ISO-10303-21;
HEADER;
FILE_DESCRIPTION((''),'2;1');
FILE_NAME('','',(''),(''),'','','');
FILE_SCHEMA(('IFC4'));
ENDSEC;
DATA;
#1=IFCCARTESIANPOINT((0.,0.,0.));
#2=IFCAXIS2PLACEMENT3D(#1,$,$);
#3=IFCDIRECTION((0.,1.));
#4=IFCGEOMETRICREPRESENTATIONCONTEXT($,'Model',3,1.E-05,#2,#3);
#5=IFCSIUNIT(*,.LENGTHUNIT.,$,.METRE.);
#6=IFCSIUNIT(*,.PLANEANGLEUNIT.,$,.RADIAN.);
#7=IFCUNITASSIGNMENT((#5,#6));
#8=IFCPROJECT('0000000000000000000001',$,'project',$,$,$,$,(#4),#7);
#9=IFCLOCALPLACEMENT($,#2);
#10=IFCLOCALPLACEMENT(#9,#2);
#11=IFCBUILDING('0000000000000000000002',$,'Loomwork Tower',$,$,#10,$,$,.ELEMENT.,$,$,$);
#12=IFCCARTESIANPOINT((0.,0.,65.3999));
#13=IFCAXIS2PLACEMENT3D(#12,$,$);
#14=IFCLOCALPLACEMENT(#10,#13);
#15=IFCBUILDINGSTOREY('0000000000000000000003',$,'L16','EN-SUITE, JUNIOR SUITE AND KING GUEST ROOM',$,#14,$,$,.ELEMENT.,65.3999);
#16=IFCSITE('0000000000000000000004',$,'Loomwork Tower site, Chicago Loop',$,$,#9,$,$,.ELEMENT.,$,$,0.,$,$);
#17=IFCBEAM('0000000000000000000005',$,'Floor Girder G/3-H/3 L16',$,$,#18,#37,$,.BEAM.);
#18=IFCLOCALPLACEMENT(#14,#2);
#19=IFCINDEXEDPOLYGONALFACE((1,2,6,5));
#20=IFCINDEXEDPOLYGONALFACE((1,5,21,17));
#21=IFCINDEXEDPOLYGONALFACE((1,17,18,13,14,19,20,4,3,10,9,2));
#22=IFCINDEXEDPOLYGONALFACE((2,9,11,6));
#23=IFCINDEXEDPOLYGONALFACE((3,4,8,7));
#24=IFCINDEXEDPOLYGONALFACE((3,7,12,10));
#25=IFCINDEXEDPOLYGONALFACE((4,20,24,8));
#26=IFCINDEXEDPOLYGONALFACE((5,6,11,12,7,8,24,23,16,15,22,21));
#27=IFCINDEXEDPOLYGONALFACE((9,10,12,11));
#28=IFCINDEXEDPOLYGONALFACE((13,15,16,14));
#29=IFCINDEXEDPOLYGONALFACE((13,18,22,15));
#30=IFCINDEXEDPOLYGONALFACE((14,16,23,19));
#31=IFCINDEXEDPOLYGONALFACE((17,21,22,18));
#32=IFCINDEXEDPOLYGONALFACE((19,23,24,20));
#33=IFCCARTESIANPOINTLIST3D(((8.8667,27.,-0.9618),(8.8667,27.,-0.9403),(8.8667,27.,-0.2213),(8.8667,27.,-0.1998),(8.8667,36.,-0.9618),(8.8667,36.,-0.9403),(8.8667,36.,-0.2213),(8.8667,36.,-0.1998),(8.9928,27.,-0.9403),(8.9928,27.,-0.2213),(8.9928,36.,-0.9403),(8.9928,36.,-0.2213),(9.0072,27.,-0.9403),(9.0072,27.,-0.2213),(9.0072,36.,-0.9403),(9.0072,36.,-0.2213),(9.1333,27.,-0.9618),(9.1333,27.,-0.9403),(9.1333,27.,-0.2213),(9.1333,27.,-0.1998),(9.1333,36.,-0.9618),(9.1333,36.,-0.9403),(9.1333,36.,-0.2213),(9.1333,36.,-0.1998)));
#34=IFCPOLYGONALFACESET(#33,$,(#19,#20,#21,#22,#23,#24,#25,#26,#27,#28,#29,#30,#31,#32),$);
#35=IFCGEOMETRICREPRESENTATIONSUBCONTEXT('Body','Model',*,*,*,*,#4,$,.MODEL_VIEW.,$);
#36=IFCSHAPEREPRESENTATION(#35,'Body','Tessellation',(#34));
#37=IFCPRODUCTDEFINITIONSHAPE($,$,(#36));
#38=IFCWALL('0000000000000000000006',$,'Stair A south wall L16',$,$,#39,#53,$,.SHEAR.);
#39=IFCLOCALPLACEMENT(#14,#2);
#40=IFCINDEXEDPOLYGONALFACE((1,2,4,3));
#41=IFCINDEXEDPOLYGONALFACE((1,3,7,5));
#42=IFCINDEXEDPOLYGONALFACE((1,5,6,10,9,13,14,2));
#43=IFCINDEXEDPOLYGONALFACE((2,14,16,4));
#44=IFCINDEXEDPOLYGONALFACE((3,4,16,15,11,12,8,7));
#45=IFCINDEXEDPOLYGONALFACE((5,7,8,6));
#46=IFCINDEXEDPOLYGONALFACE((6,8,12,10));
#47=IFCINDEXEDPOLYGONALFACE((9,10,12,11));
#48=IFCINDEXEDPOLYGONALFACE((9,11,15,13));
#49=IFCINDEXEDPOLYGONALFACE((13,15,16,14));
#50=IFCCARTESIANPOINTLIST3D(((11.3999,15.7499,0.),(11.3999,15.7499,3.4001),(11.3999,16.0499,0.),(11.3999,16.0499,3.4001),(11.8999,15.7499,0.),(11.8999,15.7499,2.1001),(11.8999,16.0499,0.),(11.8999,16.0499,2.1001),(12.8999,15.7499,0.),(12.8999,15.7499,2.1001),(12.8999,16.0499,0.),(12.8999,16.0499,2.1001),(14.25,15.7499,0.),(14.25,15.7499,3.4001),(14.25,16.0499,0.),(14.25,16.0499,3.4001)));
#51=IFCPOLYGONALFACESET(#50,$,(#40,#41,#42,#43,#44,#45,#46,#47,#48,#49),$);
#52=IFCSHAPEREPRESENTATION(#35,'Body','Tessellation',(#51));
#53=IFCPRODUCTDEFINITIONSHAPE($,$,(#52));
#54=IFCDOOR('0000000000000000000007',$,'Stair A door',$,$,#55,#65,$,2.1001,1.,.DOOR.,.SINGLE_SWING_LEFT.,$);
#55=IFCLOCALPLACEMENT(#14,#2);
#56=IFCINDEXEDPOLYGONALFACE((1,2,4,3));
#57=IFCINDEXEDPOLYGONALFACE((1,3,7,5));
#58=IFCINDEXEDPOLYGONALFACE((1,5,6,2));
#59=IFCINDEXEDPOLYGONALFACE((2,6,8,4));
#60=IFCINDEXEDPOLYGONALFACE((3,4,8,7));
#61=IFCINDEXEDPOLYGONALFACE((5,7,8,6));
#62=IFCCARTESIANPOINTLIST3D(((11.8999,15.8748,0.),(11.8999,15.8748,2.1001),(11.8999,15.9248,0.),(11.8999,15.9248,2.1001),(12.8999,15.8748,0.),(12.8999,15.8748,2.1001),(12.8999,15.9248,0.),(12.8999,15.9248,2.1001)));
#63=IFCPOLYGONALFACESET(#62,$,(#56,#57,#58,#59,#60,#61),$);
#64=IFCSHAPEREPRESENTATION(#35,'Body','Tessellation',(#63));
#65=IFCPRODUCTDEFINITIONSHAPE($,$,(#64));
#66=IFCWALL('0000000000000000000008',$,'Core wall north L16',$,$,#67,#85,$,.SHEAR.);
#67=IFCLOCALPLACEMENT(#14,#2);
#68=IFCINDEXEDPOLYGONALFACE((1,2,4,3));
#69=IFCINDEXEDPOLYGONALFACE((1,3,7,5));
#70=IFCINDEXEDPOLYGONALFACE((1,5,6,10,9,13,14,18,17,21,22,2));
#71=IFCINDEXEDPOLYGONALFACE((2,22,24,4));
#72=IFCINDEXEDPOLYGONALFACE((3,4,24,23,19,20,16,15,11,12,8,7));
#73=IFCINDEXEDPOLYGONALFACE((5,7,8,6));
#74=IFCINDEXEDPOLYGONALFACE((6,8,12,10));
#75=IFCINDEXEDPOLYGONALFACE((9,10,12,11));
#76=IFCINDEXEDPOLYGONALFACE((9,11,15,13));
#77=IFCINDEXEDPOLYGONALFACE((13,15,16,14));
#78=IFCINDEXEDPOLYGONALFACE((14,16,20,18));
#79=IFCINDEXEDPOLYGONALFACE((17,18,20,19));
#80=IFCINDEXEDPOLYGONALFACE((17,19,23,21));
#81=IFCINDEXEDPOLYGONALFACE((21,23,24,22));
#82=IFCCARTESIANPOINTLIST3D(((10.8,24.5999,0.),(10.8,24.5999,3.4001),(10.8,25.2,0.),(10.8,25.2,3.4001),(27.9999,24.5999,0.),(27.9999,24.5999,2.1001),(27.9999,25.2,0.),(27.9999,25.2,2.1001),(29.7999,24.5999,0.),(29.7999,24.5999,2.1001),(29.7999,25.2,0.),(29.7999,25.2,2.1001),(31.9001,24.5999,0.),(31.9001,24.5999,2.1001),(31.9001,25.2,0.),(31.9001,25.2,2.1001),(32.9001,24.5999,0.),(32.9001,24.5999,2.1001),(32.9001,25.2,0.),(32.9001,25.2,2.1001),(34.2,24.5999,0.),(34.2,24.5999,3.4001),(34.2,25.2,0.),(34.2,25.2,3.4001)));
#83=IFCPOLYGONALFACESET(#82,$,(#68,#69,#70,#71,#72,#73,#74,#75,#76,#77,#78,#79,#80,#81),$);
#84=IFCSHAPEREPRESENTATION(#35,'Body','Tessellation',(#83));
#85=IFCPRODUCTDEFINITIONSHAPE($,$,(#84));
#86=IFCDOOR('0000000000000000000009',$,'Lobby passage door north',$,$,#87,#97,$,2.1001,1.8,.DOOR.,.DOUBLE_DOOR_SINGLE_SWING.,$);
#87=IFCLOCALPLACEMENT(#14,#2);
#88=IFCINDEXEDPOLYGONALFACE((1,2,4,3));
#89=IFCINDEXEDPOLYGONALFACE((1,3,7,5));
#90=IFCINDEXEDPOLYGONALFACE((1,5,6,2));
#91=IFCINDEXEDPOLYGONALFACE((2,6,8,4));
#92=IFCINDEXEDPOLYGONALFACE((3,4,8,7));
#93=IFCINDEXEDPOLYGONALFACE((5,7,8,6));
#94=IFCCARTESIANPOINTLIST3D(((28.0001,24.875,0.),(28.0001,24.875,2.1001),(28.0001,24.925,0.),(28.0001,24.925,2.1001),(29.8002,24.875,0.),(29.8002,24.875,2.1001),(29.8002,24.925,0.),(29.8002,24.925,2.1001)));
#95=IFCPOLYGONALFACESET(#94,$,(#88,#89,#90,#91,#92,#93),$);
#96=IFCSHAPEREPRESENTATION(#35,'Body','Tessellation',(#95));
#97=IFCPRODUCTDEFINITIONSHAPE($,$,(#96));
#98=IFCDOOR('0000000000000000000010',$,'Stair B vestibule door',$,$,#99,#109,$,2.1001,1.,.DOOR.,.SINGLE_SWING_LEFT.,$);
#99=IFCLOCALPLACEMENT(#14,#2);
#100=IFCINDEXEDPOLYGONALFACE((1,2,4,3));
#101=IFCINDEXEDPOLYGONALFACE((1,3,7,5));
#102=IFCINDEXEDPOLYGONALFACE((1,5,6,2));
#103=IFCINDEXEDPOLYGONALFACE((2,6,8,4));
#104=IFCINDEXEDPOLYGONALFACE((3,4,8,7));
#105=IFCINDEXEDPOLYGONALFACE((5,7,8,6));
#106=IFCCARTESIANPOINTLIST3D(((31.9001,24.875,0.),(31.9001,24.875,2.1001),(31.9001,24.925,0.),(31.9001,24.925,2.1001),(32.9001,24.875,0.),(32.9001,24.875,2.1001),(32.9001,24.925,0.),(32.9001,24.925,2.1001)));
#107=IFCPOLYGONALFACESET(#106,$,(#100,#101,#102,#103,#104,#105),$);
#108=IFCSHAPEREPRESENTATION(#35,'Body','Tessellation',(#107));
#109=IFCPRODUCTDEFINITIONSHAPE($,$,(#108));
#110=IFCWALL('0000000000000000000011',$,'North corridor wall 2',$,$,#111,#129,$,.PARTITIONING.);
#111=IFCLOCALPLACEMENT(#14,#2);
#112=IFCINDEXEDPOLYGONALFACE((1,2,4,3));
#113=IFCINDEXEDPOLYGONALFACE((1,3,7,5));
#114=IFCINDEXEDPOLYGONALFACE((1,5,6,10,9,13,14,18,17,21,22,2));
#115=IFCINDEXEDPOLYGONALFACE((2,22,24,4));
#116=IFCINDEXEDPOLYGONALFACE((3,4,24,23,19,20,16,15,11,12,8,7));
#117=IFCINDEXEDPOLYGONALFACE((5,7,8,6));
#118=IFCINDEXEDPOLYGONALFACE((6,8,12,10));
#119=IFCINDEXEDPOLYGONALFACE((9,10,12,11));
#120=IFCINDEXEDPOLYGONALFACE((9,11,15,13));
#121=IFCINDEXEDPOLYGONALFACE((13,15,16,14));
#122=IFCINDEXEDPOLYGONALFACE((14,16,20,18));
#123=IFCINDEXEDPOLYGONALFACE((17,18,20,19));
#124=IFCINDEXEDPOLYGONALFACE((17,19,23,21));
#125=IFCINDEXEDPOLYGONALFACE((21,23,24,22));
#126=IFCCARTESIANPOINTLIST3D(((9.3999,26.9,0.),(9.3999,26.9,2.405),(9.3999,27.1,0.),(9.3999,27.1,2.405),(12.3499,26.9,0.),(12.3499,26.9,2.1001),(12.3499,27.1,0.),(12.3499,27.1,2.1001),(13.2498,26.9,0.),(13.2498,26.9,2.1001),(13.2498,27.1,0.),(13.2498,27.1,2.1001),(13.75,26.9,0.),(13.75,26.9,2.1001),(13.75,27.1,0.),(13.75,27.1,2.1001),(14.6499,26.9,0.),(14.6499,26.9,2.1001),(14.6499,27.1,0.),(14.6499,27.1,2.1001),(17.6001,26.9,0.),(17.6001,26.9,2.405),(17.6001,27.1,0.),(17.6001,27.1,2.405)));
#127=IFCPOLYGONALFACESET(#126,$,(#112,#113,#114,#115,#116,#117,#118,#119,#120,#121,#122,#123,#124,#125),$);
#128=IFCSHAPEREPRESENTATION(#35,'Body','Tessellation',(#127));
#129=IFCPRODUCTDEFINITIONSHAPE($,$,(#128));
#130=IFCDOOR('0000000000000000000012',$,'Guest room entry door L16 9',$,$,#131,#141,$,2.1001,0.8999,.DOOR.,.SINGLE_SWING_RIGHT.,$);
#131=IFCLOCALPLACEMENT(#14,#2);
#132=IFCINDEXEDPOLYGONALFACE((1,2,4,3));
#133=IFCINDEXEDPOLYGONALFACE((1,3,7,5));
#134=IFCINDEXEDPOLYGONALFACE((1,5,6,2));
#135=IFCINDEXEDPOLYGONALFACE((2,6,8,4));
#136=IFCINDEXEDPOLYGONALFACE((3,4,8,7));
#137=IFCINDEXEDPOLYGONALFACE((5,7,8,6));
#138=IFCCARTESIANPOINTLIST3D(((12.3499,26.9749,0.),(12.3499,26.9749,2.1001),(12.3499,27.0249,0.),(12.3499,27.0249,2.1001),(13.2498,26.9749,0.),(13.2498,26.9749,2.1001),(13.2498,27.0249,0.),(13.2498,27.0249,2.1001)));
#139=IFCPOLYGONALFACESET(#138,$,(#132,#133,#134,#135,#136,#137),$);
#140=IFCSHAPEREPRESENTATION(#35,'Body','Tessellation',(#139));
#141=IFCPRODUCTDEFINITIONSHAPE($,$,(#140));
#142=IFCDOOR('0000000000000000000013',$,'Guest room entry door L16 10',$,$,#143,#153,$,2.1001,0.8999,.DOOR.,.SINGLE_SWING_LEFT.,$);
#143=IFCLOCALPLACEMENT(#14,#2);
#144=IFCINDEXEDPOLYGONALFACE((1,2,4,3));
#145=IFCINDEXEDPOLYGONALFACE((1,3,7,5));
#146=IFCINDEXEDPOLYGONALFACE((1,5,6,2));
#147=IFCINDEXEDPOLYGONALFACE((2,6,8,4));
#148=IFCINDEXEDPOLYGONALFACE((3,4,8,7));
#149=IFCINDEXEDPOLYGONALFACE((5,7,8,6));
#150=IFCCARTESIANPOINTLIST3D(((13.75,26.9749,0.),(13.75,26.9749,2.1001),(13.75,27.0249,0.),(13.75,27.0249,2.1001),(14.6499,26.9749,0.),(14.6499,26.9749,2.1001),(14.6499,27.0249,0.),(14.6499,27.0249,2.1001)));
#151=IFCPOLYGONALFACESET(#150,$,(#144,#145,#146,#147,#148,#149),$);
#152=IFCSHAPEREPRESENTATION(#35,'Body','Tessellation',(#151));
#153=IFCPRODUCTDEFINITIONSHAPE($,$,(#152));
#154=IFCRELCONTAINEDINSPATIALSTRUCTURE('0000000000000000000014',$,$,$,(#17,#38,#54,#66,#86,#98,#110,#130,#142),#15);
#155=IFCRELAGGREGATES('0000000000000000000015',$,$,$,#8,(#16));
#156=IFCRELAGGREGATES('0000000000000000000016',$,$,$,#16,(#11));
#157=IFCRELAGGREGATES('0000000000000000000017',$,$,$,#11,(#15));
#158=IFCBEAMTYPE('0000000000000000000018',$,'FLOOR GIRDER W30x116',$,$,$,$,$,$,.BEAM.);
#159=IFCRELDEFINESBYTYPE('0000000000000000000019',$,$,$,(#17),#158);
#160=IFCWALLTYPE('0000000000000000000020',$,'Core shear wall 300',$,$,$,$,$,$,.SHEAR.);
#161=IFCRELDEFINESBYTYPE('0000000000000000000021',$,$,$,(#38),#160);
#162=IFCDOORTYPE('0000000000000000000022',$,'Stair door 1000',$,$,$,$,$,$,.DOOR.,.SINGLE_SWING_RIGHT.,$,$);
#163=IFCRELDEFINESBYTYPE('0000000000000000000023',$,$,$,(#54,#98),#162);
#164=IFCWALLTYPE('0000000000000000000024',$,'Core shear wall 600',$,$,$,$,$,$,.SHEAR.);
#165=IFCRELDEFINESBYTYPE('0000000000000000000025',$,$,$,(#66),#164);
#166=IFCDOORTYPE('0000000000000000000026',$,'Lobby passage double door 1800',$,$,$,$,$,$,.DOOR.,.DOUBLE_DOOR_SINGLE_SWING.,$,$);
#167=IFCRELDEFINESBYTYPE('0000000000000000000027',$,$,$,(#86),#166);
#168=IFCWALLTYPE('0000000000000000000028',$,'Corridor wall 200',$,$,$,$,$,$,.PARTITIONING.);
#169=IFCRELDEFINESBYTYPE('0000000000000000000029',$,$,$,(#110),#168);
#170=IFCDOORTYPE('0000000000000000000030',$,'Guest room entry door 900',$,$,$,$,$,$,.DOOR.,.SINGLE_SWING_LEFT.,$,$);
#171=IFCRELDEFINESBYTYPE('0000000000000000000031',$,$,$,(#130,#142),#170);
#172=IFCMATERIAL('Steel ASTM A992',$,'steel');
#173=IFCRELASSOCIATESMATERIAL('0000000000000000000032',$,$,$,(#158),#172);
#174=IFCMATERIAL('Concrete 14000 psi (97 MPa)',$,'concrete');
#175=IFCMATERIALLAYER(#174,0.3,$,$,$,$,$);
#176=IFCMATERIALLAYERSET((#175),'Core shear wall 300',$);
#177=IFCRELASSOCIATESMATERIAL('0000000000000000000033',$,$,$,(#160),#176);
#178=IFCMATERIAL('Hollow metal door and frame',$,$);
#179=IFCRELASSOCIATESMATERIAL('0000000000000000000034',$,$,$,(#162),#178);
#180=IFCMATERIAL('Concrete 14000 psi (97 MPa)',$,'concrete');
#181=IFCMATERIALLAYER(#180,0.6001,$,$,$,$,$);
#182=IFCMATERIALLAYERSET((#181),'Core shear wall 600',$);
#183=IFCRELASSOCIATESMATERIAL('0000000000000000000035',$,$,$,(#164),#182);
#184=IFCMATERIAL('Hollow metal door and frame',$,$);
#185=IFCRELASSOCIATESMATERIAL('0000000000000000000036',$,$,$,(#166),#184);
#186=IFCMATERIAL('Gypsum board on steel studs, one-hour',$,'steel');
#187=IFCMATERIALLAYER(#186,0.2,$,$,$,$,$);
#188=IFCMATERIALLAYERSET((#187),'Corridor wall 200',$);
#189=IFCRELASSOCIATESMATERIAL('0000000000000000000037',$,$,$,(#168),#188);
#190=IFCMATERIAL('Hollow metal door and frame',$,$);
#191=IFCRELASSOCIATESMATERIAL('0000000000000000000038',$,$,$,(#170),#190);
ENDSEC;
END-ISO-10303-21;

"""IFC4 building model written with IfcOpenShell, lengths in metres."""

from ifc_helpers import new_model, si_unit, direction, frame, frame_2d, origin, origin_2d, place, context, subcontext, project, spatial, rectangle, i_section, extrude, material, layer, layer_set, material_profile, profile_set, type_object, element, fill, save


model = new_model("IFC4")

# Units and contexts
model_context = context("Model", 3, precision=1e-05, world=origin(), true_north=direction((0.0, 1.0)))
body_context = subcontext(model_context, "Body", "Model", "MODEL_VIEW")
ifc_project = project(units=[si_unit("LENGTHUNIT", "METRE"), si_unit("PLANEANGLEUNIT", "RADIAN")], contexts=[model_context])

# Site, building, storey
site_placement = place(None, origin())
site = spatial("IfcSite", under=ifc_project, at=site_placement, Name="Loomwork Tower site, Chicago Loop", CompositionType="ELEMENT", RefElevation=0.0)
building_placement = place(site_placement, origin())
building = spatial("IfcBuilding", under=site, at=building_placement, Name="Loomwork Tower", CompositionType="ELEMENT")
storey_placement = place(building_placement, frame((0.0, 0.0, 65.3999)))
storey = spatial("IfcBuildingStorey", under=building, at=storey_placement, Name="L16", Description="EN-SUITE, JUNIOR SUITE AND KING GUEST ROOM", CompositionType="ELEMENT", Elevation=65.3999)

# Beam
ifc_material_1 = material(Name="Steel ASTM A992", Category="steel")
ifc_material_profile = material_profile(ifc_material_1, i_section(OverallWidth=0.2666, OverallDepth=0.762, WebThickness=0.0144, FlangeThickness=0.0215, at=origin_2d()), Name="W30x116")
ifc_profile_set = profile_set([ifc_material_profile], Name="Steel ASTM A992")
beam_type = type_object("IfcBeamType", Name="FLOOR GIRDER W30x116", PredefinedType="BEAM", material=ifc_profile_set)
beam_placement = place(storey_placement, frame((9.0, 27.0, -0.5808), z_axis=(0.0, 1.0, 0.0), x_axis=(-1.0, 0.0, 0.0)))
element("IfcBeam", 1, at=beam_placement, inside=storey, type_object=beam_type, Name="Floor Girder G/3-H/3 L16", PredefinedType="BEAM", context=body_context, shape_type="SweptSolid", body=[
    extrude(i_section(OverallWidth=0.2666, OverallDepth=0.762, WebThickness=0.0144, FlangeThickness=0.0215, at=origin_2d()), origin(), (0.0, 0.0, 1.0), 9.0),
])

# Wall, opening, door
ifc_material_2 = material(Name="Concrete 14000 psi (97 MPa)", Category="concrete")
ifc_layer_1 = layer(ifc_material_2, 0.3)
ifc_layer_set_1 = layer_set([ifc_layer_1], Name="Core shear wall 300")
wall_type_1 = type_object("IfcWallType", Name="Core shear wall 300", PredefinedType="SHEAR", material=ifc_layer_set_1)
wall_1_placement = place(storey_placement, frame((11.3999, 15.8999, 0.0), z_axis=(0.0, 0.0, 1.0), x_axis=(1.0, 0.0, 0.0)))
wall_1 = element("IfcWall", 2, at=wall_1_placement, inside=storey, type_object=wall_type_1, Name="Stair A south wall L16", PredefinedType="SHEAR", context=body_context, shape_type="SweptSolid", body=[
    extrude(rectangle(XDim=2.8501, YDim=0.3, at=frame_2d((1.425, 0.0))), origin(), (0.0, 0.0, 1.0), 3.4001),
])
opening_1_placement = place(wall_1_placement, frame((0.5, 0.0, 0.0)))
opening_1 = element("IfcOpeningElement", 3, at=opening_1_placement, cuts=wall_1, PredefinedType="OPENING", context=body_context, shape_type="SweptSolid", body=[
    extrude(rectangle(XDim=1.0, YDim=2.1001, at=frame_2d((0.5, 1.05))), frame((0.0, 0.1599, 0.0), z_axis=(0.0, -1.0, 0.0), x_axis=(1.0, 0.0, 0.0)), (0.0, 0.0, 1.0), 0.3201),
])
ifc_material_3 = material(Name="Hollow metal door and frame")
door_type_1 = type_object("IfcDoorType", Name="Stair door 1000", OperationType="SINGLE_SWING_RIGHT", PredefinedType="DOOR", material=ifc_material_3)
door_1_placement = place(opening_1_placement, origin())
door_1 = element("IfcDoor", 4, at=door_1_placement, inside=storey, type_object=door_type_1, Name="Stair A door", OperationType="SINGLE_SWING_LEFT", OverallHeight=2.1001, OverallWidth=1.0, PredefinedType="DOOR", context=body_context, shape_type="SweptSolid", body=[
    extrude(rectangle(XDim=1.0, YDim=2.1001, at=frame_2d((0.5, 1.05))), frame((0.0, 0.0249, 0.0), z_axis=(0.0, -1.0, 0.0), x_axis=(1.0, 0.0, 0.0)), (0.0, 0.0, 1.0), 0.05),
])
fill(opening_1, door_1)

# Walls, openings, doors
ifc_material_4 = material(Name="Concrete 14000 psi (97 MPa)", Category="concrete")
ifc_layer_2 = layer(ifc_material_4, 0.6001)
ifc_layer_set_2 = layer_set([ifc_layer_2], Name="Core shear wall 600")
wall_type_2 = type_object("IfcWallType", Name="Core shear wall 600", PredefinedType="SHEAR", material=ifc_layer_set_2)
wall_2_placement = place(storey_placement, frame((10.8, 24.8999, 0.0), z_axis=(0.0, 0.0, 1.0), x_axis=(1.0, 0.0, 0.0)))
wall_2 = element("IfcWall", 5, at=wall_2_placement, inside=storey, type_object=wall_type_2, Name="Core wall north L16", PredefinedType="SHEAR", context=body_context, shape_type="SweptSolid", body=[
    extrude(rectangle(XDim=23.3999, YDim=0.6001, at=frame_2d((11.7, 0.0))), origin(), (0.0, 0.0, 1.0), 3.4001),
])
opening_2_placement = place(wall_2_placement, frame((17.2, 0.0, 0.0)))
opening_2 = element("IfcOpeningElement", 6, at=opening_2_placement, cuts=wall_2, PredefinedType="OPENING", context=body_context, shape_type="SweptSolid", body=[
    extrude(rectangle(XDim=1.8, YDim=2.1001, at=frame_2d((0.8999, 1.05))), frame((0.0, 0.3101, 0.0), z_axis=(0.0, -1.0, 0.0), x_axis=(1.0, 0.0, 0.0)), (0.0, 0.0, 1.0), 0.6201),
])
opening_3_placement = place(wall_2_placement, frame((21.1001, 0.0, 0.0)))
opening_3 = element("IfcOpeningElement", 7, at=opening_3_placement, cuts=wall_2, PredefinedType="OPENING", context=body_context, shape_type="SweptSolid", body=[
    extrude(rectangle(XDim=1.0, YDim=2.1001, at=frame_2d((0.5, 1.05))), frame((0.0, 0.3101, 0.0), z_axis=(0.0, -1.0, 0.0), x_axis=(1.0, 0.0, 0.0)), (0.0, 0.0, 1.0), 0.6201),
])
ifc_material_5 = material(Name="Hollow metal door and frame")
door_type_2 = type_object("IfcDoorType", Name="Lobby passage double door 1800", OperationType="DOUBLE_DOOR_SINGLE_SWING", PredefinedType="DOOR", material=ifc_material_5)
door_2_placement = place(opening_2_placement, frame((1.8, 0.0, 0.0), z_axis=(0.0, 0.0, 1.0), x_axis=(-1.0, 0.0, 0.0)))
door_2 = element("IfcDoor", 8, at=door_2_placement, inside=storey, type_object=door_type_2, Name="Lobby passage door north", OperationType="DOUBLE_DOOR_SINGLE_SWING", OverallHeight=2.1001, OverallWidth=1.8, PredefinedType="DOOR", context=body_context, shape_type="SweptSolid", body=[
    extrude(rectangle(XDim=1.8, YDim=2.1001, at=frame_2d((0.8999, 1.05))), frame((0.0, 0.0249, 0.0), z_axis=(0.0, -1.0, 0.0), x_axis=(1.0, 0.0, 0.0)), (0.0, 0.0, 1.0), 0.05),
])
fill(opening_2, door_2)
door_3_placement = place(opening_3_placement, frame((1.0, 0.0, 0.0), z_axis=(0.0, 0.0, 1.0), x_axis=(-1.0, 0.0, 0.0)))
door_3 = element("IfcDoor", 9, at=door_3_placement, inside=storey, type_object=door_type_1, Name="Stair B vestibule door", OperationType="SINGLE_SWING_LEFT", OverallHeight=2.1001, OverallWidth=1.0, PredefinedType="DOOR", context=body_context, shape_type="SweptSolid", body=[
    extrude(rectangle(XDim=1.0, YDim=2.1001, at=frame_2d((0.5, 1.05))), frame((0.0, 0.0249, 0.0), z_axis=(0.0, -1.0, 0.0), x_axis=(1.0, 0.0, 0.0)), (0.0, 0.0, 1.0), 0.05),
])
fill(opening_3, door_3)
ifc_material_6 = material(Name="Gypsum board on steel studs, one-hour", Category="steel")
ifc_layer_3 = layer(ifc_material_6, 0.2)
ifc_layer_set_3 = layer_set([ifc_layer_3], Name="Corridor wall 200")
wall_type_3 = type_object("IfcWallType", Name="Corridor wall 200", PredefinedType="PARTITIONING", material=ifc_layer_set_3)
wall_3_placement = place(storey_placement, frame((9.3999, 27.0, 0.0), z_axis=(0.0, 0.0, 1.0), x_axis=(1.0, 0.0, 0.0)))
wall_3 = element("IfcWall", 10, at=wall_3_placement, inside=storey, type_object=wall_type_3, Name="North corridor wall 2", PredefinedType="PARTITIONING", context=body_context, shape_type="SweptSolid", body=[
    extrude(rectangle(XDim=8.2002, YDim=0.2, at=frame_2d((4.1001, 0.0))), origin(), (0.0, 0.0, 1.0), 2.405),
])
opening_4_placement = place(wall_3_placement, frame((2.95, 0.0, 0.0)))
opening_4 = element("IfcOpeningElement", 11, at=opening_4_placement, cuts=wall_3, PredefinedType="OPENING", context=body_context, shape_type="SweptSolid", body=[
    extrude(rectangle(XDim=0.8999, YDim=2.1001, at=frame_2d((0.45, 1.05))), frame((0.0, 0.1099, 0.0), z_axis=(0.0, -1.0, 0.0), x_axis=(1.0, 0.0, 0.0)), (0.0, 0.0, 1.0), 0.22),
])
opening_5_placement = place(wall_3_placement, frame((4.3501, 0.0, 0.0)))
opening_5 = element("IfcOpeningElement", 12, at=opening_5_placement, cuts=wall_3, PredefinedType="OPENING", context=body_context, shape_type="SweptSolid", body=[
    extrude(rectangle(XDim=0.8999, YDim=2.1001, at=frame_2d((0.45, 1.05))), frame((0.0, 0.1099, 0.0), z_axis=(0.0, -1.0, 0.0), x_axis=(1.0, 0.0, 0.0)), (0.0, 0.0, 1.0), 0.22),
])
ifc_material_7 = material(Name="Hollow metal door and frame")
door_type_3 = type_object("IfcDoorType", Name="Guest room entry door 900", OperationType="SINGLE_SWING_LEFT", PredefinedType="DOOR", material=ifc_material_7)
door_4_placement = place(opening_4_placement, origin())
door_4 = element("IfcDoor", 13, at=door_4_placement, inside=storey, type_object=door_type_3, Name="Guest room entry door L16 9", OperationType="SINGLE_SWING_RIGHT", OverallHeight=2.1001, OverallWidth=0.8999, PredefinedType="DOOR", context=body_context, shape_type="SweptSolid", body=[
    extrude(rectangle(XDim=0.8999, YDim=2.1001, at=frame_2d((0.45, 1.05))), frame((0.0, 0.0249, 0.0), z_axis=(0.0, -1.0, 0.0), x_axis=(1.0, 0.0, 0.0)), (0.0, 0.0, 1.0), 0.05),
])
fill(opening_4, door_4)
door_5_placement = place(opening_5_placement, origin())
door_5 = element("IfcDoor", 14, at=door_5_placement, inside=storey, type_object=door_type_3, Name="Guest room entry door L16 10", OperationType="SINGLE_SWING_LEFT", OverallHeight=2.1001, OverallWidth=0.8999, PredefinedType="DOOR", context=body_context, shape_type="SweptSolid", body=[
    extrude(rectangle(XDim=0.8999, YDim=2.1001, at=frame_2d((0.45, 1.05))), frame((0.0, 0.0249, 0.0), z_axis=(0.0, -1.0, 0.0), x_axis=(1.0, 0.0, 0.0)), (0.0, 0.0, 1.0), 0.05),
])
fill(opening_5, door_5)

save(model, "model.ifc")
